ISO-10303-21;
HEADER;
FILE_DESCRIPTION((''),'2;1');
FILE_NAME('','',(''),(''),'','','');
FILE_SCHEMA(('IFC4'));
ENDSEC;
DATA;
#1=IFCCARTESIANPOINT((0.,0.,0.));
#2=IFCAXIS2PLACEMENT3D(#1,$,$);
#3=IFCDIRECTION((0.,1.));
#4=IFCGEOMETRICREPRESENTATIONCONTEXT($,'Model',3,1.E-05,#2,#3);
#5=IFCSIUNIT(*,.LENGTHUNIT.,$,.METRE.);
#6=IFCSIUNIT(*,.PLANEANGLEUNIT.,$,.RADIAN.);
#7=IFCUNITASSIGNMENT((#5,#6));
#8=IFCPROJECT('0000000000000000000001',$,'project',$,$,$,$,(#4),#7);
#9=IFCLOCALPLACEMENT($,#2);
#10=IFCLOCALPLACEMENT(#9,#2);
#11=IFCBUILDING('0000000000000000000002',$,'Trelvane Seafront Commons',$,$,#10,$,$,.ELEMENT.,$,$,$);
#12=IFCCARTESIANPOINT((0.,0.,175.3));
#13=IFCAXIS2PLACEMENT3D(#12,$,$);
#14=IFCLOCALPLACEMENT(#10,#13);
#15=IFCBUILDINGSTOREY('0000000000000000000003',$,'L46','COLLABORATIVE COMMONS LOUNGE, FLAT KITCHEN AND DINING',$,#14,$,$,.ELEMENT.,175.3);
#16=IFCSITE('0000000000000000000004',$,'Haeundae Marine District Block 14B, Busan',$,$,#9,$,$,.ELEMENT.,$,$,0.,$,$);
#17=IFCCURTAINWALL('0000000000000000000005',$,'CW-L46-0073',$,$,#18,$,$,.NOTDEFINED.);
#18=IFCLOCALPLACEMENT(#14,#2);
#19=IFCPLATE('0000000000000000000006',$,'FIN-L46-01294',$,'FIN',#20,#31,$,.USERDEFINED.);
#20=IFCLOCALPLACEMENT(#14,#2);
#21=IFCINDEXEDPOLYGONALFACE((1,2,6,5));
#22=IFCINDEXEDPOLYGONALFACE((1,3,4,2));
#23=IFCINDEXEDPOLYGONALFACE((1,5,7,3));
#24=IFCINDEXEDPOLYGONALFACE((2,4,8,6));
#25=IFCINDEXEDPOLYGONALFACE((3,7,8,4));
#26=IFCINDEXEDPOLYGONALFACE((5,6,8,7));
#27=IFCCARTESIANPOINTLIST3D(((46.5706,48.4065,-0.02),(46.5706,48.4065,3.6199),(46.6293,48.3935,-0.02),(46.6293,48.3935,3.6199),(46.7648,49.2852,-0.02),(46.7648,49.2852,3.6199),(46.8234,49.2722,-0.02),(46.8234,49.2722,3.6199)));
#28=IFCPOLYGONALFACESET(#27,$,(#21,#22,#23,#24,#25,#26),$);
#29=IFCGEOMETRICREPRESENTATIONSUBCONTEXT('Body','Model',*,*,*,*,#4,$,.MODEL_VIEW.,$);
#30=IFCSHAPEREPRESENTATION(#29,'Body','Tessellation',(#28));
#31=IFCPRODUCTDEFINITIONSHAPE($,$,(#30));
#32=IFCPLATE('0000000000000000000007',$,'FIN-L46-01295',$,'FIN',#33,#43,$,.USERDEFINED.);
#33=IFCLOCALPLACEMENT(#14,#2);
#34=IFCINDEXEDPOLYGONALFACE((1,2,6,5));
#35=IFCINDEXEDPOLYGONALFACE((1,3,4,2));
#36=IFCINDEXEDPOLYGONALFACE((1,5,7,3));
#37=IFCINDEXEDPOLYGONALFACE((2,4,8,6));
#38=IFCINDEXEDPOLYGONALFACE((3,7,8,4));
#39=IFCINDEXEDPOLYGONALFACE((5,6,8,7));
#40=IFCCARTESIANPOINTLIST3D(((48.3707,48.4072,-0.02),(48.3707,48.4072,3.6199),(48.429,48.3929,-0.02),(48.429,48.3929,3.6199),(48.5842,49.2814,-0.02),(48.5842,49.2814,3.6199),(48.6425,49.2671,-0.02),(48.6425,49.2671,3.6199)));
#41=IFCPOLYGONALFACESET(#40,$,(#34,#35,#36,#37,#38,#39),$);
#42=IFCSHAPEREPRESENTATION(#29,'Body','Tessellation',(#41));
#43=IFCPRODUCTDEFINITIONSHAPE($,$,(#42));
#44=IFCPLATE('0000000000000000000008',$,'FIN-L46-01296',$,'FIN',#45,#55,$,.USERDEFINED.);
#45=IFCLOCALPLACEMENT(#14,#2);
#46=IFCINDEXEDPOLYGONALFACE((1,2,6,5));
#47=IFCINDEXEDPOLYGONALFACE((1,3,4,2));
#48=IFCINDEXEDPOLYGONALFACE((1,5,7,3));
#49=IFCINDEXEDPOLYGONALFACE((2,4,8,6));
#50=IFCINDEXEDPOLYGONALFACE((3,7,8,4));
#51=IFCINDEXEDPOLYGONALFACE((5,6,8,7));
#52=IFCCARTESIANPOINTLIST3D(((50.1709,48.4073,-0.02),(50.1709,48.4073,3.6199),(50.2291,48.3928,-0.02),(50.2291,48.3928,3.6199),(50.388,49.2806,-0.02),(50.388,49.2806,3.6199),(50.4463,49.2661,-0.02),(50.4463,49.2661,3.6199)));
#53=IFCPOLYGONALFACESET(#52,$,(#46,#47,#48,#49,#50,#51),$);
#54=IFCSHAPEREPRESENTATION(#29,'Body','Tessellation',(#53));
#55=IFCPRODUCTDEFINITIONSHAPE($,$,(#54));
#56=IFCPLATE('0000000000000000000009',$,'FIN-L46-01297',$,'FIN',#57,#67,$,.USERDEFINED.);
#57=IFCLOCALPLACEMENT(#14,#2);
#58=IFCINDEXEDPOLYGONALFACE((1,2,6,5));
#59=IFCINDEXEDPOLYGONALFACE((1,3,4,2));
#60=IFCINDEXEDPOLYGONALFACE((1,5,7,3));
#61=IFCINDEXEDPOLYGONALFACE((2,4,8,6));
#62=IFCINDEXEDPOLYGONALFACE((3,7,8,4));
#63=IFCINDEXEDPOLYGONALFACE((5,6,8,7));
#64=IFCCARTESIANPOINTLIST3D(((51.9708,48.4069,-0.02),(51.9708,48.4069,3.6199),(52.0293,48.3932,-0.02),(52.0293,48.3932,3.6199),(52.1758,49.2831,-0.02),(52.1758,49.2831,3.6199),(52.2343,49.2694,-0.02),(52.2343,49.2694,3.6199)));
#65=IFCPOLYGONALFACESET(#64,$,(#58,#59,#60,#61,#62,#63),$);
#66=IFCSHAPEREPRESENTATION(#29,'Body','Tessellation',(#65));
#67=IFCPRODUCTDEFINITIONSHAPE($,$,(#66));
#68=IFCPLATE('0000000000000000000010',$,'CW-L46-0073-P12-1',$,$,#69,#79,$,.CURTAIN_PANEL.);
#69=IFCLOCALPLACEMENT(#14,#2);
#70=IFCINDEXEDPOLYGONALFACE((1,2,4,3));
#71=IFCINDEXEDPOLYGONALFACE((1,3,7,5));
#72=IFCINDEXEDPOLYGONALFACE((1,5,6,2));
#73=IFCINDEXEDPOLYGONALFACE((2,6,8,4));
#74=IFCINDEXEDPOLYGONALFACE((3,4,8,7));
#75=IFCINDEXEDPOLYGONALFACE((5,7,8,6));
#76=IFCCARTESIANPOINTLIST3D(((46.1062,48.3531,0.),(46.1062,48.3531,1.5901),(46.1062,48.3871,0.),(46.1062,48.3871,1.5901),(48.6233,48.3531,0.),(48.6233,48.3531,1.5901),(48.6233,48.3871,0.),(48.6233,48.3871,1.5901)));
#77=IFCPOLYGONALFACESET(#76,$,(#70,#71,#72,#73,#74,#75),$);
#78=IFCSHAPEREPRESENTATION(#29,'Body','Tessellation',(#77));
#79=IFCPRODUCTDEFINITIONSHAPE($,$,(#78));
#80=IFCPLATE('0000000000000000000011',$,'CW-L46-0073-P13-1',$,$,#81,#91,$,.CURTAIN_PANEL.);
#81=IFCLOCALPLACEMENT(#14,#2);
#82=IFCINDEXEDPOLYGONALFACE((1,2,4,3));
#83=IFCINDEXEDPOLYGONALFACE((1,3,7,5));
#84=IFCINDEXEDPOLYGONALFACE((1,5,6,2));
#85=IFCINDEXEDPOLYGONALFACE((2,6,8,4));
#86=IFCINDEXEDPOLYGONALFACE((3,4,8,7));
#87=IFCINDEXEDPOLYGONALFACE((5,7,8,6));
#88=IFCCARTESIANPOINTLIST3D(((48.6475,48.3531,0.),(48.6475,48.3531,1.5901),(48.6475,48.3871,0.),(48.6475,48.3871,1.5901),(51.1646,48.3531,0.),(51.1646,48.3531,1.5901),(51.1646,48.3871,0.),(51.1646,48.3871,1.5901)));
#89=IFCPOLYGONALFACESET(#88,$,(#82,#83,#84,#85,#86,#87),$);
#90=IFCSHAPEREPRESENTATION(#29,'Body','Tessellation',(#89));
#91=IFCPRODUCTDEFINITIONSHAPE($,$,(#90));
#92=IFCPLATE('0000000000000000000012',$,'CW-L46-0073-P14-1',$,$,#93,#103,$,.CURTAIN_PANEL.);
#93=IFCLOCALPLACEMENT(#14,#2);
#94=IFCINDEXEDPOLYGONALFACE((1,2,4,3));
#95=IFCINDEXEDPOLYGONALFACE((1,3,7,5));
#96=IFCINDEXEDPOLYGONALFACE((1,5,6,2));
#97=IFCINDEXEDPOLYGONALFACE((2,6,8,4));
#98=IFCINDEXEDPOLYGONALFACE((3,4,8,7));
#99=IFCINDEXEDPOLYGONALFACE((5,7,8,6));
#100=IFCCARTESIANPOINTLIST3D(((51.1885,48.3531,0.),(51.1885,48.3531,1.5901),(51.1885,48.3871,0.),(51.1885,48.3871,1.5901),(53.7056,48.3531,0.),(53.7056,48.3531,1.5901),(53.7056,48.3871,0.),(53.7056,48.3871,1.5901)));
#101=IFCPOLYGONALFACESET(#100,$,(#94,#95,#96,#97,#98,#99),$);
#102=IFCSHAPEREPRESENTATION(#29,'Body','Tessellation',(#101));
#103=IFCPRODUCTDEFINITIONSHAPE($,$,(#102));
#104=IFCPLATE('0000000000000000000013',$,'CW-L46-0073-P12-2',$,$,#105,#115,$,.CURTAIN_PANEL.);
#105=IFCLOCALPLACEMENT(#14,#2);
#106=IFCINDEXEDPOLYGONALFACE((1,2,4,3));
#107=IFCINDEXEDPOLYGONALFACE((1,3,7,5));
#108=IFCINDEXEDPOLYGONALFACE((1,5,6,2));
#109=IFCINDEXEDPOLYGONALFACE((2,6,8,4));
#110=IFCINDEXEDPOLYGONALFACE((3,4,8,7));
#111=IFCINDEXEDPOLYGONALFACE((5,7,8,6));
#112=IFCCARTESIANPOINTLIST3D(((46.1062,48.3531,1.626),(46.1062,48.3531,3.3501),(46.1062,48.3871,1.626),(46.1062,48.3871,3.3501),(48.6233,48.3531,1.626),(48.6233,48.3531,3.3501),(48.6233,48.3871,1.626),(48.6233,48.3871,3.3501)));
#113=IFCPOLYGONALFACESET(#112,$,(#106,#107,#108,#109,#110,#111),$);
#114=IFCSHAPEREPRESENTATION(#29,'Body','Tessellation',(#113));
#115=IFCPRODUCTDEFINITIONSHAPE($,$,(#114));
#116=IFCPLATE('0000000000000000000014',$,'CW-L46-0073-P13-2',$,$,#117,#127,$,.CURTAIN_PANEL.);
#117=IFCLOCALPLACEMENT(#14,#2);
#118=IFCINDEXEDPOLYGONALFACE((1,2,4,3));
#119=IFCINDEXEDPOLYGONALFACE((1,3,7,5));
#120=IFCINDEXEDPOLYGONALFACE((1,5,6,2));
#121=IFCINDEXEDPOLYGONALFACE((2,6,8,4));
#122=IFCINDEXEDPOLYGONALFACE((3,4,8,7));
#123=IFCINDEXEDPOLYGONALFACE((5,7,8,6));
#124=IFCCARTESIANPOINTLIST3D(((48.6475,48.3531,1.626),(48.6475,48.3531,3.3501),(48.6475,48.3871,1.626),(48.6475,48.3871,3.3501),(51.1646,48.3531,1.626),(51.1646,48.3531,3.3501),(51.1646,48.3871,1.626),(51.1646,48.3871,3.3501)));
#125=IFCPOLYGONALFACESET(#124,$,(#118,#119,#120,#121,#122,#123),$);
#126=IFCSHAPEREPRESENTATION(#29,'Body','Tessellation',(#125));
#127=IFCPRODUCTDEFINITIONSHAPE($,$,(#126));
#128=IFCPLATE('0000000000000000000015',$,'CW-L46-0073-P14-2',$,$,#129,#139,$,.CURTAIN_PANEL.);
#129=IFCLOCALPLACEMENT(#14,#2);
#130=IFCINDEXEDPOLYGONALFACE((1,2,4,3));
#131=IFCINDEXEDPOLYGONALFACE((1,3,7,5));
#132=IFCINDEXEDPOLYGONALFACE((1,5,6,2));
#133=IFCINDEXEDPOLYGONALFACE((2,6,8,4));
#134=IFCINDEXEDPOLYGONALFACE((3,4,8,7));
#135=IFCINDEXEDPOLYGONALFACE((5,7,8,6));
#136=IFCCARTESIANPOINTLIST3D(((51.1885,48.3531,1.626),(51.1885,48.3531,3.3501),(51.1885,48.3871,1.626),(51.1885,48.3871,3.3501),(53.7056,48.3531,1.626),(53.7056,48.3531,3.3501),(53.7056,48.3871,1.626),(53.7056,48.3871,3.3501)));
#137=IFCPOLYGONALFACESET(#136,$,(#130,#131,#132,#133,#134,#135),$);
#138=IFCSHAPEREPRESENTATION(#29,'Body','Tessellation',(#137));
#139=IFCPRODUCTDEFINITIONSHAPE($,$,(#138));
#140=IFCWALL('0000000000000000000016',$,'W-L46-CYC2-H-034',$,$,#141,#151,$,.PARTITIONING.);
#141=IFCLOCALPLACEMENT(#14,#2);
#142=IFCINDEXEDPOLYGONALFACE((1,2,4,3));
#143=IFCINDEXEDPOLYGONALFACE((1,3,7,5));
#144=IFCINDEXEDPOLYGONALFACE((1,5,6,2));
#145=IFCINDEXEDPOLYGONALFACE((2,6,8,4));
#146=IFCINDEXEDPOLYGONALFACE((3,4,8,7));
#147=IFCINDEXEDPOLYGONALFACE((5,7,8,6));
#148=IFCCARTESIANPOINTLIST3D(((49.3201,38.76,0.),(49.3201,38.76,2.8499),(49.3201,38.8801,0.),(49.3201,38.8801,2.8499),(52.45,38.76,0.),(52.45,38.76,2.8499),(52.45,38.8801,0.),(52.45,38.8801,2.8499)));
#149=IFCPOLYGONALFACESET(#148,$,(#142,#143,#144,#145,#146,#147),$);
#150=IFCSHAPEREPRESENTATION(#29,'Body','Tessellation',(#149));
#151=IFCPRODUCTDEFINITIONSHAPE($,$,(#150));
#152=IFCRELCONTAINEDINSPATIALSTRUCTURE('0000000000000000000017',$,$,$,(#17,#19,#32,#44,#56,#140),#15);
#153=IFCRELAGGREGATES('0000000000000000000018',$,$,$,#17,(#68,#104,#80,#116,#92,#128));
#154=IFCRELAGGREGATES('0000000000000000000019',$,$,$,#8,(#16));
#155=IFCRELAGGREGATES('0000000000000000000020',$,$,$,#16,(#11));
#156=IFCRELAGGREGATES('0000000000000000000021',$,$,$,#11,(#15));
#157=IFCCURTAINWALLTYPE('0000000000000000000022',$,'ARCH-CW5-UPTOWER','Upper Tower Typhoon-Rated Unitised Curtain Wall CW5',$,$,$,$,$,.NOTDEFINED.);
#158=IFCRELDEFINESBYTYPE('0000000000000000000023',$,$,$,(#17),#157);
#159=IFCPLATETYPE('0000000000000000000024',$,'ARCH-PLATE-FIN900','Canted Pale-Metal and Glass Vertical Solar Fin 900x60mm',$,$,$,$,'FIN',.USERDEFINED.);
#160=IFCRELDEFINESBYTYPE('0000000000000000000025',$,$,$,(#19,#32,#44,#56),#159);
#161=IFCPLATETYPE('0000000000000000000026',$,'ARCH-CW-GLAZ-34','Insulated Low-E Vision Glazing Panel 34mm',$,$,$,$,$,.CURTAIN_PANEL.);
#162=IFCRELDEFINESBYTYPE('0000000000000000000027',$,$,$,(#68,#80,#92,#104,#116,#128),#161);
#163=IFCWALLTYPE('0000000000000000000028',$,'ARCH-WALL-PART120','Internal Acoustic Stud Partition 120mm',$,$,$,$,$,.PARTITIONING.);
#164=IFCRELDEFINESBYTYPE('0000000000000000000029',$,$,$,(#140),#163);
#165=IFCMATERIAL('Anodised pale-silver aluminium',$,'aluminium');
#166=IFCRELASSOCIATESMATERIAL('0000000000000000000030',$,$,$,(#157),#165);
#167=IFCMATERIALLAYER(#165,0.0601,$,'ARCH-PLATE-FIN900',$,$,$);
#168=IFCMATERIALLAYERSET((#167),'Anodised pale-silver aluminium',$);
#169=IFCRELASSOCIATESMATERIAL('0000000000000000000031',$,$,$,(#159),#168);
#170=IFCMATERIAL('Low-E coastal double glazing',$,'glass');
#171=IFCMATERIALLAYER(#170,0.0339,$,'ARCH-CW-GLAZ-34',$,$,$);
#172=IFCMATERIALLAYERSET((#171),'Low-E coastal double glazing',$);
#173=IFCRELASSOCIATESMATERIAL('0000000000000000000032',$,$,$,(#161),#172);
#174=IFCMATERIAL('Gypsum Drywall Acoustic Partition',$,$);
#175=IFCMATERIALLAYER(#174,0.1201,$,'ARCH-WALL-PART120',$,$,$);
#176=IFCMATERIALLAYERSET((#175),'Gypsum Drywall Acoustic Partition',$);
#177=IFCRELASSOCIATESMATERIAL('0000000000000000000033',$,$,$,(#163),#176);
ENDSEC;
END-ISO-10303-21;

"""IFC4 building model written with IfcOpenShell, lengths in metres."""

from ifc_helpers import new_model, si_unit, direction, frame, frame_2d, origin, origin_2d, place, context, subcontext, project, spatial, rectangle, extrude, source, transform, mapped, material, layer, layer_set, type_object, element, aggregate, save


model = new_model("IFC4")

# Units and contexts
model_context = context("Model", 3, precision=1e-05, world=origin(), true_north=direction((0.0, 1.0)))
body_context = subcontext(model_context, "Body", "Model", "MODEL_VIEW")
ifc_project = project(units=[si_unit("LENGTHUNIT", "METRE"), si_unit("PLANEANGLEUNIT", "RADIAN")], contexts=[model_context])

# Site, building, storey
site_placement = place(None, origin())
site = spatial("IfcSite", under=ifc_project, at=site_placement, Name="Haeundae Marine District Block 14B, Busan", CompositionType="ELEMENT", RefElevation=0.0)
building_placement = place(site_placement, origin())
building = spatial("IfcBuilding", under=site, at=building_placement, Name="Trelvane Seafront Commons", CompositionType="ELEMENT")
storey_placement = place(building_placement, frame((0.0, 0.0, 175.3)))
storey = spatial("IfcBuildingStorey", under=building, at=storey_placement, Name="L46", Description="COLLABORATIVE COMMONS LOUNGE, FLAT KITCHEN AND DINING", CompositionType="ELEMENT", Elevation=175.3)

# Curtain wall
ifc_material_1 = material(Name="Anodised pale-silver aluminium", Category="aluminium")
curtain_wall_type = type_object("IfcCurtainWallType", Name="ARCH-CW5-UPTOWER", Description="Upper Tower Typhoon-Rated Unitised Curtain Wall CW5", PredefinedType="NOTDEFINED", material=ifc_material_1)
curtain_wall_placement = place(storey_placement, origin())
curtain_wall = element("IfcCurtainWall", 1, at=curtain_wall_placement, inside=storey, type_object=curtain_wall_type, Name="CW-L46-0073", PredefinedType="NOTDEFINED")

# Plates
ifc_layer_1 = layer(ifc_material_1, 0.0601, Name="ARCH-PLATE-FIN900")
ifc_layer_set_1 = layer_set([ifc_layer_1], Name="Anodised pale-silver aluminium")
plate_type_1 = type_object("IfcPlateType", Name="ARCH-PLATE-FIN900", Description="Canted Pale-Metal and Glass Vertical Solar Fin 900x60mm", ElementType="FIN", PredefinedType="USERDEFINED", material=ifc_layer_set_1)
shared_shape_1 = source(origin(), body_context, "Body", "SweptSolid", [
    extrude(rectangle(XDim=0.8999, YDim=0.0601, at=origin_2d()), origin(), (0.0, 0.0, 1.0), 3.6399),
])
for number, where, z_axis, x_axis, name in (
    (2, (46.697, 48.8394, -0.02), (0.0, 0.0, 1.0), (0.215777, 0.976443, 0.0), "FIN-L46-01294"),
    (3, (48.5066, 48.8372, -0.02), (0.0, 0.0, 1.0), (0.237225, 0.971455, 0.0), "FIN-L46-01295"),
    (4, (50.3086, 48.8367, -0.02), (0.0, 0.0, 1.0), (0.241333, 0.970442, 0.0), "FIN-L46-01296"),
    (5, (52.1025, 48.8381, -0.02), (0.0, 0.0, 1.0), (0.227788, 0.973711, 0.0), "FIN-L46-01297"),
):
    element("IfcPlate", number, at=place(storey_placement, frame(where, z_axis=z_axis, x_axis=x_axis)), inside=storey, type_object=plate_type_1, Name=name, ObjectType="FIN", PredefinedType="USERDEFINED", context=body_context, shape_type="MappedRepresentation", body=[
        mapped(shared_shape_1, transform((0.0, 0.0, 0.0), x_axis=(1.0, 0.0, 0.0), y_axis=(0.0, 1.0, 0.0), z_axis=(0.0, 0.0, 1.0), scale=1.0)),
    ])

# Plates
ifc_material_2 = material(Name="Low-E coastal double glazing", Category="glass")
ifc_layer_2 = layer(ifc_material_2, 0.0339, Name="ARCH-CW-GLAZ-34")
ifc_layer_set_2 = layer_set([ifc_layer_2], Name="Low-E coastal double glazing")
plate_type_2 = type_object("IfcPlateType", Name="ARCH-CW-GLAZ-34", Description="Insulated Low-E Vision Glazing Panel 34mm", PredefinedType="CURTAIN_PANEL", material=ifc_layer_set_2)
shared_shape_2 = source(origin(), body_context, "Body", "SweptSolid", [
    extrude(rectangle(XDim=2.5171, YDim=0.0339, at=origin_2d()), origin(), (0.0, 0.0, 1.0), 1.5901),
])
plate_1_placement = place(storey_placement, frame((47.3647, 48.3701, 0.0), z_axis=(0.0, 0.0, 1.0), x_axis=(1.0, 0.0, 0.0)))
plate_1 = element("IfcPlate", 6, at=plate_1_placement, type_object=plate_type_2, Name="CW-L46-0073-P12-1", PredefinedType="CURTAIN_PANEL", context=body_context, shape_type="MappedRepresentation", body=[
    mapped(shared_shape_2, transform((0.0, 0.0, 0.0), x_axis=(1.0, 0.0, 0.0), y_axis=(0.0, 1.0, 0.0), z_axis=(0.0, 0.0, 1.0), scale=1.0)),
])
plate_2_placement = place(storey_placement, frame((49.906, 48.3701, 0.0), z_axis=(0.0, 0.0, 1.0), x_axis=(1.0, 0.0, 0.0)))
plate_2 = element("IfcPlate", 7, at=plate_2_placement, type_object=plate_type_2, Name="CW-L46-0073-P13-1", PredefinedType="CURTAIN_PANEL", context=body_context, shape_type="MappedRepresentation", body=[
    mapped(shared_shape_2, transform((0.0, 0.0, 0.0), x_axis=(1.0, 0.0, 0.0), y_axis=(0.0, 1.0, 0.0), z_axis=(0.0, 0.0, 1.0), scale=1.0)),
])
plate_3_placement = place(storey_placement, frame((52.447, 48.3701, 0.0), z_axis=(0.0, 0.0, 1.0), x_axis=(1.0, 0.0, 0.0)))
plate_3 = element("IfcPlate", 8, at=plate_3_placement, type_object=plate_type_2, Name="CW-L46-0073-P14-1", PredefinedType="CURTAIN_PANEL", context=body_context, shape_type="MappedRepresentation", body=[
    mapped(shared_shape_2, transform((0.0, 0.0, 0.0), x_axis=(1.0, 0.0, 0.0), y_axis=(0.0, 1.0, 0.0), z_axis=(0.0, 0.0, 1.0), scale=1.0)),
])
shared_shape_3 = source(origin(), body_context, "Body", "SweptSolid", [
    extrude(rectangle(XDim=2.5171, YDim=0.0339, at=origin_2d()), origin(), (0.0, 0.0, 1.0), 1.7241),
])
plate_4_placement = place(storey_placement, frame((47.3647, 48.3701, 1.626), z_axis=(0.0, 0.0, 1.0), x_axis=(1.0, 0.0, 0.0)))
plate_4 = element("IfcPlate", 9, at=plate_4_placement, type_object=plate_type_2, Name="CW-L46-0073-P12-2", PredefinedType="CURTAIN_PANEL", context=body_context, shape_type="MappedRepresentation", body=[
    mapped(shared_shape_3, transform((0.0, 0.0, 0.0), x_axis=(1.0, 0.0, 0.0), y_axis=(0.0, 1.0, 0.0), z_axis=(0.0, 0.0, 1.0), scale=1.0)),
])
plate_5_placement = place(storey_placement, frame((49.906, 48.3701, 1.626), z_axis=(0.0, 0.0, 1.0), x_axis=(1.0, 0.0, 0.0)))
plate_5 = element("IfcPlate", 10, at=plate_5_placement, type_object=plate_type_2, Name="CW-L46-0073-P13-2", PredefinedType="CURTAIN_PANEL", context=body_context, shape_type="MappedRepresentation", body=[
    mapped(shared_shape_3, transform((0.0, 0.0, 0.0), x_axis=(1.0, 0.0, 0.0), y_axis=(0.0, 1.0, 0.0), z_axis=(0.0, 0.0, 1.0), scale=1.0)),
])
plate_6_placement = place(storey_placement, frame((52.447, 48.3701, 1.626), z_axis=(0.0, 0.0, 1.0), x_axis=(1.0, 0.0, 0.0)))
plate_6 = element("IfcPlate", 11, at=plate_6_placement, type_object=plate_type_2, Name="CW-L46-0073-P14-2", PredefinedType="CURTAIN_PANEL", context=body_context, shape_type="MappedRepresentation", body=[
    mapped(shared_shape_3, transform((0.0, 0.0, 0.0), x_axis=(1.0, 0.0, 0.0), y_axis=(0.0, 1.0, 0.0), z_axis=(0.0, 0.0, 1.0), scale=1.0)),
])
aggregate(curtain_wall, [plate_1, plate_4, plate_2, plate_5, plate_3, plate_6])

# Wall
ifc_material_3 = material(Name="Gypsum Drywall Acoustic Partition")
ifc_layer_3 = layer(ifc_material_3, 0.1201, Name="ARCH-WALL-PART120")
ifc_layer_set_3 = layer_set([ifc_layer_3], Name="Gypsum Drywall Acoustic Partition")
wall_type_1 = type_object("IfcWallType", Name="ARCH-WALL-PART120", Description="Internal Acoustic Stud Partition 120mm", PredefinedType="PARTITIONING", material=ifc_layer_set_3)
wall_1_placement = place(storey_placement, frame((49.3201, 38.8201, 0.0), z_axis=(0.0, 0.0, 1.0), x_axis=(1.0, 0.0, 0.0)))
element("IfcWall", 12, at=wall_1_placement, inside=storey, type_object=wall_type_1, Name="W-L46-CYC2-H-034", PredefinedType="PARTITIONING", context=body_context, shape_type="SweptSolid", body=[
    extrude(rectangle(XDim=3.1299, YDim=0.1201, at=frame_2d((1.5649, 0.0))), origin(), (0.0, 0.0, 1.0), 2.8499),
])

save(model, "model.ifc")
